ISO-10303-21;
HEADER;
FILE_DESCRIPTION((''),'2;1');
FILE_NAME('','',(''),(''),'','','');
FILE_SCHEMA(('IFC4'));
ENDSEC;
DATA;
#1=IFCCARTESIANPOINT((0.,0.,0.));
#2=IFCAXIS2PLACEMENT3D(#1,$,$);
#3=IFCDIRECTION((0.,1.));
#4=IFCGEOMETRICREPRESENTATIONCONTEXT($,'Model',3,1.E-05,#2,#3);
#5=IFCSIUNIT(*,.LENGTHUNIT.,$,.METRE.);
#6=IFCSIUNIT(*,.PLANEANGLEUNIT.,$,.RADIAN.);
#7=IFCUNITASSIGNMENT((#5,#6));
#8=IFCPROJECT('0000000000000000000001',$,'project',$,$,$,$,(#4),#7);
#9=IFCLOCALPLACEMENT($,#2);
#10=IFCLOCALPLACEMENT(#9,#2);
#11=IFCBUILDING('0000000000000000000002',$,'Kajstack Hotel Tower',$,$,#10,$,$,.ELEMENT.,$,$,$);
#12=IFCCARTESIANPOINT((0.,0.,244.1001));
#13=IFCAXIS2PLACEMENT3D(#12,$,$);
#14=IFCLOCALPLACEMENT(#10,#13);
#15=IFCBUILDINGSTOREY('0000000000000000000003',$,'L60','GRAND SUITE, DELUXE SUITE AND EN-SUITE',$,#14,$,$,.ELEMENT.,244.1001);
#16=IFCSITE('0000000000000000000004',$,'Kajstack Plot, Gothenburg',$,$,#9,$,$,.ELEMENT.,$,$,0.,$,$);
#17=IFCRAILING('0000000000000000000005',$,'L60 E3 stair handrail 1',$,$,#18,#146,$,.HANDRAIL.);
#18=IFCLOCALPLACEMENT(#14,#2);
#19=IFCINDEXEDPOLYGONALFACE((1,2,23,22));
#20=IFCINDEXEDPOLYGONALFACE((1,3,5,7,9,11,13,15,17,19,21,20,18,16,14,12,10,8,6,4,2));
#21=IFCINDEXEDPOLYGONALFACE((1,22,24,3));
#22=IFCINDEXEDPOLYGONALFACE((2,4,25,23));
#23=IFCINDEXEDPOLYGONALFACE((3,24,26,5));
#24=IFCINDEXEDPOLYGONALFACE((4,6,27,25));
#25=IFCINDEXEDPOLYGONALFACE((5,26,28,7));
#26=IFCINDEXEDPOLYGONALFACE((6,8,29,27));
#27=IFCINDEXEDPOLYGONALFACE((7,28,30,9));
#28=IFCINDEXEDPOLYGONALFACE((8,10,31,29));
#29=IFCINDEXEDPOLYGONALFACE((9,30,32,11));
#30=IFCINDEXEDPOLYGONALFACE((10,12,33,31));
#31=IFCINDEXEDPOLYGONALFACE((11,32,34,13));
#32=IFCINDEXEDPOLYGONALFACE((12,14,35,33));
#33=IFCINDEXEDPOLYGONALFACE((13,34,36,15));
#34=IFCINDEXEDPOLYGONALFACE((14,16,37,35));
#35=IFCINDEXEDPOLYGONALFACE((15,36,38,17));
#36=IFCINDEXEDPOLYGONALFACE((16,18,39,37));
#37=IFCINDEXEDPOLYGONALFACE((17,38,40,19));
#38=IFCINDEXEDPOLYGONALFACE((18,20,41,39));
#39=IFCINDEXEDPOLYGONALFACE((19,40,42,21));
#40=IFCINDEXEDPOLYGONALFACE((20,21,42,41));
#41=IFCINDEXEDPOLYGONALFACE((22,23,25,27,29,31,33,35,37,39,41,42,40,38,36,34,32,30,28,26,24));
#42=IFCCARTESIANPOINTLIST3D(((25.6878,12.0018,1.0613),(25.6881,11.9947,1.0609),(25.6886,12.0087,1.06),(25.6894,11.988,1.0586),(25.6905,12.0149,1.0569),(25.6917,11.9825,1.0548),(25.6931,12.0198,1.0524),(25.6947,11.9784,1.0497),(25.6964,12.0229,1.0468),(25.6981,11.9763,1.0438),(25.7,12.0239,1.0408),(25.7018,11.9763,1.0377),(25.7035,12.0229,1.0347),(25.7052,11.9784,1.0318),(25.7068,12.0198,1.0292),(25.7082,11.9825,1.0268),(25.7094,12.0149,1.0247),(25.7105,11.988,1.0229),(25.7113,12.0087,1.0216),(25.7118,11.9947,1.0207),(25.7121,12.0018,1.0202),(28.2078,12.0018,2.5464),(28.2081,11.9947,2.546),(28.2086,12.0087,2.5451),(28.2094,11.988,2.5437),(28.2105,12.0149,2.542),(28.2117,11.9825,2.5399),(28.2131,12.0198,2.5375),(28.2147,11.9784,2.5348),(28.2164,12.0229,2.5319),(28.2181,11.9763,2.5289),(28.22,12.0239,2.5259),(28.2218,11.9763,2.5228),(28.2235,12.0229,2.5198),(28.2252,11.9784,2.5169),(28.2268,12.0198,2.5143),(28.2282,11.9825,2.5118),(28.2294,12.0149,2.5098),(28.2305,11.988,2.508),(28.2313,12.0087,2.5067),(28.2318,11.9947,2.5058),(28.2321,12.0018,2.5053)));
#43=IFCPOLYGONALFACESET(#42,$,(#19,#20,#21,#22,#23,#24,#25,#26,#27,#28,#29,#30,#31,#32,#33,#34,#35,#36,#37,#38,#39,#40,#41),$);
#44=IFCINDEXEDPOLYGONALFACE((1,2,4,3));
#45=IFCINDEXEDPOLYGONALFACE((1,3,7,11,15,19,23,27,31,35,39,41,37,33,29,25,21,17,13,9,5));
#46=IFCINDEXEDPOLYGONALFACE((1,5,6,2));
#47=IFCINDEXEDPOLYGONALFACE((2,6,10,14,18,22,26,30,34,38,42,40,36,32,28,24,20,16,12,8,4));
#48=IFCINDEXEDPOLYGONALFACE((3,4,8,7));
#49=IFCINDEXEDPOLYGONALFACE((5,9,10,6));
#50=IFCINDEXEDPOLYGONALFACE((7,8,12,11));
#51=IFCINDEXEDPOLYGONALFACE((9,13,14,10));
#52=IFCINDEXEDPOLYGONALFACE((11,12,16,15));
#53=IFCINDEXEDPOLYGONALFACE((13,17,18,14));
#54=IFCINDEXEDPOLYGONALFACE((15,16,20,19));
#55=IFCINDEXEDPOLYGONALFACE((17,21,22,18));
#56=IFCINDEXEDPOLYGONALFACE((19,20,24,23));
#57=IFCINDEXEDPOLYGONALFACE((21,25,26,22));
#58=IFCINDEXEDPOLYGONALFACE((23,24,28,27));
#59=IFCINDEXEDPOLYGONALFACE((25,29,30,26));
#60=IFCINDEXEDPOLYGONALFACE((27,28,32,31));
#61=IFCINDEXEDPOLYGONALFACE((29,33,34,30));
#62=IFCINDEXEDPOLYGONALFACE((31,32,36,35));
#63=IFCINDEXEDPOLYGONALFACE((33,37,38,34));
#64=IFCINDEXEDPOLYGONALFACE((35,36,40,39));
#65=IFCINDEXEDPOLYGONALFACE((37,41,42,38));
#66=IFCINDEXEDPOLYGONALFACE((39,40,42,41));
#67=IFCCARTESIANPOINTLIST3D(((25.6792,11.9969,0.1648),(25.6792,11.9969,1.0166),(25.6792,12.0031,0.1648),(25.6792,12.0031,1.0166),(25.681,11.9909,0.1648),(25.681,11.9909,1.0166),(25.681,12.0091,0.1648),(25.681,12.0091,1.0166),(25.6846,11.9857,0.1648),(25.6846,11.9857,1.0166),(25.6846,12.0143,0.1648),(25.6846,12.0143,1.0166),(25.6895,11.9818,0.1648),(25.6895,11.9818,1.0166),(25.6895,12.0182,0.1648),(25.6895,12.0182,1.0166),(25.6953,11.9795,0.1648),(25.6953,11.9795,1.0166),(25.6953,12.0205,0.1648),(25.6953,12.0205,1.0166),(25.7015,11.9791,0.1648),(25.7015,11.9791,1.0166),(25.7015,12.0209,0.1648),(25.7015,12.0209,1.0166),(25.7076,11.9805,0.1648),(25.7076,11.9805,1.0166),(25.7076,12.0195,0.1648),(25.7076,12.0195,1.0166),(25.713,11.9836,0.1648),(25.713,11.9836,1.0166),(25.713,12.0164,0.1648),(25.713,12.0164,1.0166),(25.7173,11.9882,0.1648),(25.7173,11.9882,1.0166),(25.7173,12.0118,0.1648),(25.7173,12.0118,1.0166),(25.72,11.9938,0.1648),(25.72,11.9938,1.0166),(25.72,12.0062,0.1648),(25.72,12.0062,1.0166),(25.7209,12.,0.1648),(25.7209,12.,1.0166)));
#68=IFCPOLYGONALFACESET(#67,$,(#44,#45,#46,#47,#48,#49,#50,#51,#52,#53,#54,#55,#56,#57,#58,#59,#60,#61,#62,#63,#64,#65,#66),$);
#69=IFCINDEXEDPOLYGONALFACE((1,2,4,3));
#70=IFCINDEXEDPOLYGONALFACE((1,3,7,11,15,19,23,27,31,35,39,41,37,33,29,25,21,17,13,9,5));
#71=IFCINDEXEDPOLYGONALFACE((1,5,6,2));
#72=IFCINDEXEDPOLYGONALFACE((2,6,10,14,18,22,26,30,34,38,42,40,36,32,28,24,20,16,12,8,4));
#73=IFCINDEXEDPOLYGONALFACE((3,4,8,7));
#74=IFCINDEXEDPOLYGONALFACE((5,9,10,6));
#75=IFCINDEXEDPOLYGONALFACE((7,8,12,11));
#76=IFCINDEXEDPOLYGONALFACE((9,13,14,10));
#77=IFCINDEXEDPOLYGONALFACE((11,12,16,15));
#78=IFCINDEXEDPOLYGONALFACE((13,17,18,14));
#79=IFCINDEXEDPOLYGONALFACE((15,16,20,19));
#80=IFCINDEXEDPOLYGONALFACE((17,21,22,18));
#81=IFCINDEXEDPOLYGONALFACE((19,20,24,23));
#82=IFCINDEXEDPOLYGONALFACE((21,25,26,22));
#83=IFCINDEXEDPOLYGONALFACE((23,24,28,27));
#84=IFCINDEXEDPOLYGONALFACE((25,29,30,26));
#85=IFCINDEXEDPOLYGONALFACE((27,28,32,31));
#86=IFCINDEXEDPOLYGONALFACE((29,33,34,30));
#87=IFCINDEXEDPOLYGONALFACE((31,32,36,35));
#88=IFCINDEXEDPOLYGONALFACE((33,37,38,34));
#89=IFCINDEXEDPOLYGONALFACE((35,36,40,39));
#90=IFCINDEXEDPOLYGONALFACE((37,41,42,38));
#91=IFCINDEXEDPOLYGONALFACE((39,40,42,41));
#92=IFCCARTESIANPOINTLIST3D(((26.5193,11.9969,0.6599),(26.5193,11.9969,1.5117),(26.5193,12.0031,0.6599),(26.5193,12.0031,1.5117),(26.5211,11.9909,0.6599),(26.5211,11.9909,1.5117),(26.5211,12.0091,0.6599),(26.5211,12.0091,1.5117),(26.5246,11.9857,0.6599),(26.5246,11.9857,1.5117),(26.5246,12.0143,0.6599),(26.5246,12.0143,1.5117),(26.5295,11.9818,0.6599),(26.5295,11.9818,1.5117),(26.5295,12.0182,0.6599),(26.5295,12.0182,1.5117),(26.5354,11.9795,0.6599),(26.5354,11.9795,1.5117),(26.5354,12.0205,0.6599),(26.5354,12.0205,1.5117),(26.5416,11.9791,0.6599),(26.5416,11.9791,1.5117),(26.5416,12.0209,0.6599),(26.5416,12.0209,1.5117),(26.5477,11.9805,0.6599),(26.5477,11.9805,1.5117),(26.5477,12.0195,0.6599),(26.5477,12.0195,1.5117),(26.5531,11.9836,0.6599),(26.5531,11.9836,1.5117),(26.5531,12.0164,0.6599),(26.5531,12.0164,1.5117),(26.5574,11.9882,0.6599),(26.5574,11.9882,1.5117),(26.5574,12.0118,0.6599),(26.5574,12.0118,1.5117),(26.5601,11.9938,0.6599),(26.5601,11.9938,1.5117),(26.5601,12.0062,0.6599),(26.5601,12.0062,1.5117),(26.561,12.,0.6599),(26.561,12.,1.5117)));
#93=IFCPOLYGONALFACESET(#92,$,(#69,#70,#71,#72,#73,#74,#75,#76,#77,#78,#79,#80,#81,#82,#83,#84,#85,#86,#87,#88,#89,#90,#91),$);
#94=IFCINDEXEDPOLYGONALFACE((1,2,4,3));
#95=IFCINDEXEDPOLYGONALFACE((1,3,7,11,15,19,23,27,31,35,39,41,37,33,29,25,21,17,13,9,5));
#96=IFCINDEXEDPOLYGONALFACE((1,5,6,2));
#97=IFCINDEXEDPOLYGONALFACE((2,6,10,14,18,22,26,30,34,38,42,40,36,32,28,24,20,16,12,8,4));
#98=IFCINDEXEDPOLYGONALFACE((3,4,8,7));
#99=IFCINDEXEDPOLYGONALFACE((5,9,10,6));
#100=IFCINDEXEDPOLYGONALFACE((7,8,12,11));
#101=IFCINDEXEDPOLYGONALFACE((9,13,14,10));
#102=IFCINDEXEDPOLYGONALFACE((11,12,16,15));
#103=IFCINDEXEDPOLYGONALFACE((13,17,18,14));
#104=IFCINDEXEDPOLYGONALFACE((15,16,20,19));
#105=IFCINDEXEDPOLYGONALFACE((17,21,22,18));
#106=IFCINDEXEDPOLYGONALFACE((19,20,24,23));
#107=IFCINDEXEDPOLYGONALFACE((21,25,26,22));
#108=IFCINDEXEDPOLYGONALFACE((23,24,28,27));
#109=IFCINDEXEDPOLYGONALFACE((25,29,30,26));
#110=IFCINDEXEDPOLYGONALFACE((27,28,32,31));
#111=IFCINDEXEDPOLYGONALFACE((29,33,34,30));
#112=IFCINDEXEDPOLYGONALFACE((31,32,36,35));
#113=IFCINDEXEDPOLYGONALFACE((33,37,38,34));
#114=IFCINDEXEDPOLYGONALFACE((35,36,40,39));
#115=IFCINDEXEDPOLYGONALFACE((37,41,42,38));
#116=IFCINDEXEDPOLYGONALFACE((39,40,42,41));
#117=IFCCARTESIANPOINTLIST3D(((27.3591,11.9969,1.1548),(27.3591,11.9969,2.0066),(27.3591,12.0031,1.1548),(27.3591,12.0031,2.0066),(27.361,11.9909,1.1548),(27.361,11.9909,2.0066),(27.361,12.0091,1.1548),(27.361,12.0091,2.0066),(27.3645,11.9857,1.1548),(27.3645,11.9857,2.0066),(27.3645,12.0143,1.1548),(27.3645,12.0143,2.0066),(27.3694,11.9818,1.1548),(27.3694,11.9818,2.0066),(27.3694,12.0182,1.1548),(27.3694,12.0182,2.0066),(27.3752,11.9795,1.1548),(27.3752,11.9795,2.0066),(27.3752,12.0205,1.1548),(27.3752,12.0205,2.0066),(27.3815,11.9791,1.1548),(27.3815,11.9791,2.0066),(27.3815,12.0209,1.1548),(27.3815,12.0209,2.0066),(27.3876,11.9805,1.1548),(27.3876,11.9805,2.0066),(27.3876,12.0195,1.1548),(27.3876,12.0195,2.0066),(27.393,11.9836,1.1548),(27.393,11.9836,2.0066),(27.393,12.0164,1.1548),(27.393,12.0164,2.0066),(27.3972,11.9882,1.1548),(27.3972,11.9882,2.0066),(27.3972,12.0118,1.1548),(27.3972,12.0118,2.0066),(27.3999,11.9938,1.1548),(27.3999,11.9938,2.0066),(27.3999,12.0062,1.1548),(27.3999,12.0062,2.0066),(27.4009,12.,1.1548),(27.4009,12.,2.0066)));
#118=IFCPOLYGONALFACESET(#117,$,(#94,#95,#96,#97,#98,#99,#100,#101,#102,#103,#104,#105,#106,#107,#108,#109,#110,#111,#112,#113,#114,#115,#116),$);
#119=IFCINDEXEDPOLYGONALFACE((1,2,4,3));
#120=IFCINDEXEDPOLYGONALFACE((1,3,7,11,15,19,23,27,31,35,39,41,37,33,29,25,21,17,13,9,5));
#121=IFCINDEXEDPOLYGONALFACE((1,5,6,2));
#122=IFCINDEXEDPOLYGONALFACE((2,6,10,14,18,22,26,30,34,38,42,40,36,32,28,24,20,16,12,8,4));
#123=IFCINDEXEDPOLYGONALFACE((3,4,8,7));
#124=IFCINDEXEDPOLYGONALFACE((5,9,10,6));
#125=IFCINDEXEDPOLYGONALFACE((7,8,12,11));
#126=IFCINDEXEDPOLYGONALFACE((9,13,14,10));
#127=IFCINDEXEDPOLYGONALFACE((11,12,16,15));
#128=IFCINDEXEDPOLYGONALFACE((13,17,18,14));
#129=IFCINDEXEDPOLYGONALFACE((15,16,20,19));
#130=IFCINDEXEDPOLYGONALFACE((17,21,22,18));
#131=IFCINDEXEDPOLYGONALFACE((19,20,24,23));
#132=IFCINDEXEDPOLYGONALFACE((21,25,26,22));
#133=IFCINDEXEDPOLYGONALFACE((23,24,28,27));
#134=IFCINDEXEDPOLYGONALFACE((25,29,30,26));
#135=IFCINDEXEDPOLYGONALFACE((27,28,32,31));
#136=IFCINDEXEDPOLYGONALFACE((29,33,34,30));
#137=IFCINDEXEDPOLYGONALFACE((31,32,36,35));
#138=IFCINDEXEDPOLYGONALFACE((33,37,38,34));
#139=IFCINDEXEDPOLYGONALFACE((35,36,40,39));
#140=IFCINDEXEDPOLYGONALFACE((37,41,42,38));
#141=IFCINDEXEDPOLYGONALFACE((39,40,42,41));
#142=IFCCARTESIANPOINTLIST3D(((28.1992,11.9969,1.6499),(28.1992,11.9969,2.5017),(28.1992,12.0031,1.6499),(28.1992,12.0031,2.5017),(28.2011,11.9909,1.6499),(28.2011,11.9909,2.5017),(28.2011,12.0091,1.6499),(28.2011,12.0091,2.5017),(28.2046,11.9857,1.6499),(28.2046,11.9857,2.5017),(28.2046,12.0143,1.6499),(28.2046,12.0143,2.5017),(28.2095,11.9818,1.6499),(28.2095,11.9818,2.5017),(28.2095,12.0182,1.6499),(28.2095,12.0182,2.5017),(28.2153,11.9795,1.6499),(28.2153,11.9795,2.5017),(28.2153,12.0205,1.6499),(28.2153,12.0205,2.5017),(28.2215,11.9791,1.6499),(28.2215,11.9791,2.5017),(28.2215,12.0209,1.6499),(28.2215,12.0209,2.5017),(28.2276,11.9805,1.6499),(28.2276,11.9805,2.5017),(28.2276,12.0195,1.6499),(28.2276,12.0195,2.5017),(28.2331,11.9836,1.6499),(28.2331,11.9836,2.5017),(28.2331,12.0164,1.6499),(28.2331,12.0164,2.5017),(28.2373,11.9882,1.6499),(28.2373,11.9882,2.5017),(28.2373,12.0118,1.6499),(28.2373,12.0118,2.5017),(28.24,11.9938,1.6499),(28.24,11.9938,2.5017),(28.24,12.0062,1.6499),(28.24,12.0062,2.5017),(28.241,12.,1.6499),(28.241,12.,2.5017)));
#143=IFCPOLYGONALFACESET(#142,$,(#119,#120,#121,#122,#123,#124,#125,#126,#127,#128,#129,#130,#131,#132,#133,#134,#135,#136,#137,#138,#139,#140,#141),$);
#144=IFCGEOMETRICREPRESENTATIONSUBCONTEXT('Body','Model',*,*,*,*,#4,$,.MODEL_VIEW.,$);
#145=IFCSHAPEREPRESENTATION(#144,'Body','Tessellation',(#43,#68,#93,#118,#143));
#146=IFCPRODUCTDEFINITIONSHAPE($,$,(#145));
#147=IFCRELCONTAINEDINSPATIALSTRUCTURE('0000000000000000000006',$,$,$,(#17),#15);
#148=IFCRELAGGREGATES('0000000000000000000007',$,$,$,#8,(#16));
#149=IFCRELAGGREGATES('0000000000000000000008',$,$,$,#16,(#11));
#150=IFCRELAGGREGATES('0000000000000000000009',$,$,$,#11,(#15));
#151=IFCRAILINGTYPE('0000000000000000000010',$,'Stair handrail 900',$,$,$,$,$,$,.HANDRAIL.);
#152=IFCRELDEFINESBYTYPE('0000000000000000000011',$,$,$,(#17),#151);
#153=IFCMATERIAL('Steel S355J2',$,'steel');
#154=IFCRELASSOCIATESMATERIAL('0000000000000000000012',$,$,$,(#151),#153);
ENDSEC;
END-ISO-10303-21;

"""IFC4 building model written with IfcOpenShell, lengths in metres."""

from ifc_helpers import new_model, si_unit, direction, frame, origin, origin_2d, place, context, subcontext, project, spatial, circle, extrude, material, type_object, element, save


model = new_model("IFC4")

# Units and contexts
model_context = context("Model", 3, precision=1e-05, world=origin(), true_north=direction((0.0, 1.0)))
body_context = subcontext(model_context, "Body", "Model", "MODEL_VIEW")
ifc_project = project(units=[si_unit("LENGTHUNIT", "METRE"), si_unit("PLANEANGLEUNIT", "RADIAN")], contexts=[model_context])

# Site, building, storey
site_placement = place(None, origin())
site = spatial("IfcSite", under=ifc_project, at=site_placement, Name="Kajstack Plot, Gothenburg", CompositionType="ELEMENT", RefElevation=0.0)
building_placement = place(site_placement, origin())
building = spatial("IfcBuilding", under=site, at=building_placement, Name="Kajstack Hotel Tower", CompositionType="ELEMENT")
storey_placement = place(building_placement, frame((0.0, 0.0, 244.1001)))
storey = spatial("IfcBuildingStorey", under=building, at=storey_placement, Name="L60", Description="GRAND SUITE, DELUXE SUITE AND EN-SUITE", CompositionType="ELEMENT", Elevation=244.1001)

# Railing
ifc_material_1 = material(Name="Steel S355J2", Category="steel")
railing_type_1 = type_object("IfcRailingType", Name="Stair handrail 900", PredefinedType="HANDRAIL", material=ifc_material_1)
railing_1_placement = place(storey_placement, frame((25.7, 12.0, 0.1648)))
element("IfcRailing", 1, at=railing_1_placement, inside=storey, type_object=railing_type_1, Name="L60 E3 stair handrail 1", PredefinedType="HANDRAIL", context=body_context, shape_type="SweptSolid", body=[
    extrude(circle(Radius=0.0239, at=origin_2d()), frame((0.0, 0.0, 0.876), z_axis=(0.861524, 0.0, 0.507717), x_axis=(0.0, 1.0, 0.0)), (0.0, 0.0, 1.0), 2.925),
    extrude(circle(Radius=0.021, at=origin_2d()), origin(), (0.0, 0.0, 1.0), 0.8518),
    extrude(circle(Radius=0.021, at=origin_2d()), frame((0.8401, 0.0, 0.4951)), (0.0, 0.0, 1.0), 0.8518),
    extrude(circle(Radius=0.021, at=origin_2d()), frame((1.6799, 0.0, 0.99)), (0.0, 0.0, 1.0), 0.8518),
    extrude(circle(Radius=0.021, at=origin_2d()), frame((2.52, 0.0, 1.4851)), (0.0, 0.0, 1.0), 0.8518),
])

save(model, "model.ifc")
